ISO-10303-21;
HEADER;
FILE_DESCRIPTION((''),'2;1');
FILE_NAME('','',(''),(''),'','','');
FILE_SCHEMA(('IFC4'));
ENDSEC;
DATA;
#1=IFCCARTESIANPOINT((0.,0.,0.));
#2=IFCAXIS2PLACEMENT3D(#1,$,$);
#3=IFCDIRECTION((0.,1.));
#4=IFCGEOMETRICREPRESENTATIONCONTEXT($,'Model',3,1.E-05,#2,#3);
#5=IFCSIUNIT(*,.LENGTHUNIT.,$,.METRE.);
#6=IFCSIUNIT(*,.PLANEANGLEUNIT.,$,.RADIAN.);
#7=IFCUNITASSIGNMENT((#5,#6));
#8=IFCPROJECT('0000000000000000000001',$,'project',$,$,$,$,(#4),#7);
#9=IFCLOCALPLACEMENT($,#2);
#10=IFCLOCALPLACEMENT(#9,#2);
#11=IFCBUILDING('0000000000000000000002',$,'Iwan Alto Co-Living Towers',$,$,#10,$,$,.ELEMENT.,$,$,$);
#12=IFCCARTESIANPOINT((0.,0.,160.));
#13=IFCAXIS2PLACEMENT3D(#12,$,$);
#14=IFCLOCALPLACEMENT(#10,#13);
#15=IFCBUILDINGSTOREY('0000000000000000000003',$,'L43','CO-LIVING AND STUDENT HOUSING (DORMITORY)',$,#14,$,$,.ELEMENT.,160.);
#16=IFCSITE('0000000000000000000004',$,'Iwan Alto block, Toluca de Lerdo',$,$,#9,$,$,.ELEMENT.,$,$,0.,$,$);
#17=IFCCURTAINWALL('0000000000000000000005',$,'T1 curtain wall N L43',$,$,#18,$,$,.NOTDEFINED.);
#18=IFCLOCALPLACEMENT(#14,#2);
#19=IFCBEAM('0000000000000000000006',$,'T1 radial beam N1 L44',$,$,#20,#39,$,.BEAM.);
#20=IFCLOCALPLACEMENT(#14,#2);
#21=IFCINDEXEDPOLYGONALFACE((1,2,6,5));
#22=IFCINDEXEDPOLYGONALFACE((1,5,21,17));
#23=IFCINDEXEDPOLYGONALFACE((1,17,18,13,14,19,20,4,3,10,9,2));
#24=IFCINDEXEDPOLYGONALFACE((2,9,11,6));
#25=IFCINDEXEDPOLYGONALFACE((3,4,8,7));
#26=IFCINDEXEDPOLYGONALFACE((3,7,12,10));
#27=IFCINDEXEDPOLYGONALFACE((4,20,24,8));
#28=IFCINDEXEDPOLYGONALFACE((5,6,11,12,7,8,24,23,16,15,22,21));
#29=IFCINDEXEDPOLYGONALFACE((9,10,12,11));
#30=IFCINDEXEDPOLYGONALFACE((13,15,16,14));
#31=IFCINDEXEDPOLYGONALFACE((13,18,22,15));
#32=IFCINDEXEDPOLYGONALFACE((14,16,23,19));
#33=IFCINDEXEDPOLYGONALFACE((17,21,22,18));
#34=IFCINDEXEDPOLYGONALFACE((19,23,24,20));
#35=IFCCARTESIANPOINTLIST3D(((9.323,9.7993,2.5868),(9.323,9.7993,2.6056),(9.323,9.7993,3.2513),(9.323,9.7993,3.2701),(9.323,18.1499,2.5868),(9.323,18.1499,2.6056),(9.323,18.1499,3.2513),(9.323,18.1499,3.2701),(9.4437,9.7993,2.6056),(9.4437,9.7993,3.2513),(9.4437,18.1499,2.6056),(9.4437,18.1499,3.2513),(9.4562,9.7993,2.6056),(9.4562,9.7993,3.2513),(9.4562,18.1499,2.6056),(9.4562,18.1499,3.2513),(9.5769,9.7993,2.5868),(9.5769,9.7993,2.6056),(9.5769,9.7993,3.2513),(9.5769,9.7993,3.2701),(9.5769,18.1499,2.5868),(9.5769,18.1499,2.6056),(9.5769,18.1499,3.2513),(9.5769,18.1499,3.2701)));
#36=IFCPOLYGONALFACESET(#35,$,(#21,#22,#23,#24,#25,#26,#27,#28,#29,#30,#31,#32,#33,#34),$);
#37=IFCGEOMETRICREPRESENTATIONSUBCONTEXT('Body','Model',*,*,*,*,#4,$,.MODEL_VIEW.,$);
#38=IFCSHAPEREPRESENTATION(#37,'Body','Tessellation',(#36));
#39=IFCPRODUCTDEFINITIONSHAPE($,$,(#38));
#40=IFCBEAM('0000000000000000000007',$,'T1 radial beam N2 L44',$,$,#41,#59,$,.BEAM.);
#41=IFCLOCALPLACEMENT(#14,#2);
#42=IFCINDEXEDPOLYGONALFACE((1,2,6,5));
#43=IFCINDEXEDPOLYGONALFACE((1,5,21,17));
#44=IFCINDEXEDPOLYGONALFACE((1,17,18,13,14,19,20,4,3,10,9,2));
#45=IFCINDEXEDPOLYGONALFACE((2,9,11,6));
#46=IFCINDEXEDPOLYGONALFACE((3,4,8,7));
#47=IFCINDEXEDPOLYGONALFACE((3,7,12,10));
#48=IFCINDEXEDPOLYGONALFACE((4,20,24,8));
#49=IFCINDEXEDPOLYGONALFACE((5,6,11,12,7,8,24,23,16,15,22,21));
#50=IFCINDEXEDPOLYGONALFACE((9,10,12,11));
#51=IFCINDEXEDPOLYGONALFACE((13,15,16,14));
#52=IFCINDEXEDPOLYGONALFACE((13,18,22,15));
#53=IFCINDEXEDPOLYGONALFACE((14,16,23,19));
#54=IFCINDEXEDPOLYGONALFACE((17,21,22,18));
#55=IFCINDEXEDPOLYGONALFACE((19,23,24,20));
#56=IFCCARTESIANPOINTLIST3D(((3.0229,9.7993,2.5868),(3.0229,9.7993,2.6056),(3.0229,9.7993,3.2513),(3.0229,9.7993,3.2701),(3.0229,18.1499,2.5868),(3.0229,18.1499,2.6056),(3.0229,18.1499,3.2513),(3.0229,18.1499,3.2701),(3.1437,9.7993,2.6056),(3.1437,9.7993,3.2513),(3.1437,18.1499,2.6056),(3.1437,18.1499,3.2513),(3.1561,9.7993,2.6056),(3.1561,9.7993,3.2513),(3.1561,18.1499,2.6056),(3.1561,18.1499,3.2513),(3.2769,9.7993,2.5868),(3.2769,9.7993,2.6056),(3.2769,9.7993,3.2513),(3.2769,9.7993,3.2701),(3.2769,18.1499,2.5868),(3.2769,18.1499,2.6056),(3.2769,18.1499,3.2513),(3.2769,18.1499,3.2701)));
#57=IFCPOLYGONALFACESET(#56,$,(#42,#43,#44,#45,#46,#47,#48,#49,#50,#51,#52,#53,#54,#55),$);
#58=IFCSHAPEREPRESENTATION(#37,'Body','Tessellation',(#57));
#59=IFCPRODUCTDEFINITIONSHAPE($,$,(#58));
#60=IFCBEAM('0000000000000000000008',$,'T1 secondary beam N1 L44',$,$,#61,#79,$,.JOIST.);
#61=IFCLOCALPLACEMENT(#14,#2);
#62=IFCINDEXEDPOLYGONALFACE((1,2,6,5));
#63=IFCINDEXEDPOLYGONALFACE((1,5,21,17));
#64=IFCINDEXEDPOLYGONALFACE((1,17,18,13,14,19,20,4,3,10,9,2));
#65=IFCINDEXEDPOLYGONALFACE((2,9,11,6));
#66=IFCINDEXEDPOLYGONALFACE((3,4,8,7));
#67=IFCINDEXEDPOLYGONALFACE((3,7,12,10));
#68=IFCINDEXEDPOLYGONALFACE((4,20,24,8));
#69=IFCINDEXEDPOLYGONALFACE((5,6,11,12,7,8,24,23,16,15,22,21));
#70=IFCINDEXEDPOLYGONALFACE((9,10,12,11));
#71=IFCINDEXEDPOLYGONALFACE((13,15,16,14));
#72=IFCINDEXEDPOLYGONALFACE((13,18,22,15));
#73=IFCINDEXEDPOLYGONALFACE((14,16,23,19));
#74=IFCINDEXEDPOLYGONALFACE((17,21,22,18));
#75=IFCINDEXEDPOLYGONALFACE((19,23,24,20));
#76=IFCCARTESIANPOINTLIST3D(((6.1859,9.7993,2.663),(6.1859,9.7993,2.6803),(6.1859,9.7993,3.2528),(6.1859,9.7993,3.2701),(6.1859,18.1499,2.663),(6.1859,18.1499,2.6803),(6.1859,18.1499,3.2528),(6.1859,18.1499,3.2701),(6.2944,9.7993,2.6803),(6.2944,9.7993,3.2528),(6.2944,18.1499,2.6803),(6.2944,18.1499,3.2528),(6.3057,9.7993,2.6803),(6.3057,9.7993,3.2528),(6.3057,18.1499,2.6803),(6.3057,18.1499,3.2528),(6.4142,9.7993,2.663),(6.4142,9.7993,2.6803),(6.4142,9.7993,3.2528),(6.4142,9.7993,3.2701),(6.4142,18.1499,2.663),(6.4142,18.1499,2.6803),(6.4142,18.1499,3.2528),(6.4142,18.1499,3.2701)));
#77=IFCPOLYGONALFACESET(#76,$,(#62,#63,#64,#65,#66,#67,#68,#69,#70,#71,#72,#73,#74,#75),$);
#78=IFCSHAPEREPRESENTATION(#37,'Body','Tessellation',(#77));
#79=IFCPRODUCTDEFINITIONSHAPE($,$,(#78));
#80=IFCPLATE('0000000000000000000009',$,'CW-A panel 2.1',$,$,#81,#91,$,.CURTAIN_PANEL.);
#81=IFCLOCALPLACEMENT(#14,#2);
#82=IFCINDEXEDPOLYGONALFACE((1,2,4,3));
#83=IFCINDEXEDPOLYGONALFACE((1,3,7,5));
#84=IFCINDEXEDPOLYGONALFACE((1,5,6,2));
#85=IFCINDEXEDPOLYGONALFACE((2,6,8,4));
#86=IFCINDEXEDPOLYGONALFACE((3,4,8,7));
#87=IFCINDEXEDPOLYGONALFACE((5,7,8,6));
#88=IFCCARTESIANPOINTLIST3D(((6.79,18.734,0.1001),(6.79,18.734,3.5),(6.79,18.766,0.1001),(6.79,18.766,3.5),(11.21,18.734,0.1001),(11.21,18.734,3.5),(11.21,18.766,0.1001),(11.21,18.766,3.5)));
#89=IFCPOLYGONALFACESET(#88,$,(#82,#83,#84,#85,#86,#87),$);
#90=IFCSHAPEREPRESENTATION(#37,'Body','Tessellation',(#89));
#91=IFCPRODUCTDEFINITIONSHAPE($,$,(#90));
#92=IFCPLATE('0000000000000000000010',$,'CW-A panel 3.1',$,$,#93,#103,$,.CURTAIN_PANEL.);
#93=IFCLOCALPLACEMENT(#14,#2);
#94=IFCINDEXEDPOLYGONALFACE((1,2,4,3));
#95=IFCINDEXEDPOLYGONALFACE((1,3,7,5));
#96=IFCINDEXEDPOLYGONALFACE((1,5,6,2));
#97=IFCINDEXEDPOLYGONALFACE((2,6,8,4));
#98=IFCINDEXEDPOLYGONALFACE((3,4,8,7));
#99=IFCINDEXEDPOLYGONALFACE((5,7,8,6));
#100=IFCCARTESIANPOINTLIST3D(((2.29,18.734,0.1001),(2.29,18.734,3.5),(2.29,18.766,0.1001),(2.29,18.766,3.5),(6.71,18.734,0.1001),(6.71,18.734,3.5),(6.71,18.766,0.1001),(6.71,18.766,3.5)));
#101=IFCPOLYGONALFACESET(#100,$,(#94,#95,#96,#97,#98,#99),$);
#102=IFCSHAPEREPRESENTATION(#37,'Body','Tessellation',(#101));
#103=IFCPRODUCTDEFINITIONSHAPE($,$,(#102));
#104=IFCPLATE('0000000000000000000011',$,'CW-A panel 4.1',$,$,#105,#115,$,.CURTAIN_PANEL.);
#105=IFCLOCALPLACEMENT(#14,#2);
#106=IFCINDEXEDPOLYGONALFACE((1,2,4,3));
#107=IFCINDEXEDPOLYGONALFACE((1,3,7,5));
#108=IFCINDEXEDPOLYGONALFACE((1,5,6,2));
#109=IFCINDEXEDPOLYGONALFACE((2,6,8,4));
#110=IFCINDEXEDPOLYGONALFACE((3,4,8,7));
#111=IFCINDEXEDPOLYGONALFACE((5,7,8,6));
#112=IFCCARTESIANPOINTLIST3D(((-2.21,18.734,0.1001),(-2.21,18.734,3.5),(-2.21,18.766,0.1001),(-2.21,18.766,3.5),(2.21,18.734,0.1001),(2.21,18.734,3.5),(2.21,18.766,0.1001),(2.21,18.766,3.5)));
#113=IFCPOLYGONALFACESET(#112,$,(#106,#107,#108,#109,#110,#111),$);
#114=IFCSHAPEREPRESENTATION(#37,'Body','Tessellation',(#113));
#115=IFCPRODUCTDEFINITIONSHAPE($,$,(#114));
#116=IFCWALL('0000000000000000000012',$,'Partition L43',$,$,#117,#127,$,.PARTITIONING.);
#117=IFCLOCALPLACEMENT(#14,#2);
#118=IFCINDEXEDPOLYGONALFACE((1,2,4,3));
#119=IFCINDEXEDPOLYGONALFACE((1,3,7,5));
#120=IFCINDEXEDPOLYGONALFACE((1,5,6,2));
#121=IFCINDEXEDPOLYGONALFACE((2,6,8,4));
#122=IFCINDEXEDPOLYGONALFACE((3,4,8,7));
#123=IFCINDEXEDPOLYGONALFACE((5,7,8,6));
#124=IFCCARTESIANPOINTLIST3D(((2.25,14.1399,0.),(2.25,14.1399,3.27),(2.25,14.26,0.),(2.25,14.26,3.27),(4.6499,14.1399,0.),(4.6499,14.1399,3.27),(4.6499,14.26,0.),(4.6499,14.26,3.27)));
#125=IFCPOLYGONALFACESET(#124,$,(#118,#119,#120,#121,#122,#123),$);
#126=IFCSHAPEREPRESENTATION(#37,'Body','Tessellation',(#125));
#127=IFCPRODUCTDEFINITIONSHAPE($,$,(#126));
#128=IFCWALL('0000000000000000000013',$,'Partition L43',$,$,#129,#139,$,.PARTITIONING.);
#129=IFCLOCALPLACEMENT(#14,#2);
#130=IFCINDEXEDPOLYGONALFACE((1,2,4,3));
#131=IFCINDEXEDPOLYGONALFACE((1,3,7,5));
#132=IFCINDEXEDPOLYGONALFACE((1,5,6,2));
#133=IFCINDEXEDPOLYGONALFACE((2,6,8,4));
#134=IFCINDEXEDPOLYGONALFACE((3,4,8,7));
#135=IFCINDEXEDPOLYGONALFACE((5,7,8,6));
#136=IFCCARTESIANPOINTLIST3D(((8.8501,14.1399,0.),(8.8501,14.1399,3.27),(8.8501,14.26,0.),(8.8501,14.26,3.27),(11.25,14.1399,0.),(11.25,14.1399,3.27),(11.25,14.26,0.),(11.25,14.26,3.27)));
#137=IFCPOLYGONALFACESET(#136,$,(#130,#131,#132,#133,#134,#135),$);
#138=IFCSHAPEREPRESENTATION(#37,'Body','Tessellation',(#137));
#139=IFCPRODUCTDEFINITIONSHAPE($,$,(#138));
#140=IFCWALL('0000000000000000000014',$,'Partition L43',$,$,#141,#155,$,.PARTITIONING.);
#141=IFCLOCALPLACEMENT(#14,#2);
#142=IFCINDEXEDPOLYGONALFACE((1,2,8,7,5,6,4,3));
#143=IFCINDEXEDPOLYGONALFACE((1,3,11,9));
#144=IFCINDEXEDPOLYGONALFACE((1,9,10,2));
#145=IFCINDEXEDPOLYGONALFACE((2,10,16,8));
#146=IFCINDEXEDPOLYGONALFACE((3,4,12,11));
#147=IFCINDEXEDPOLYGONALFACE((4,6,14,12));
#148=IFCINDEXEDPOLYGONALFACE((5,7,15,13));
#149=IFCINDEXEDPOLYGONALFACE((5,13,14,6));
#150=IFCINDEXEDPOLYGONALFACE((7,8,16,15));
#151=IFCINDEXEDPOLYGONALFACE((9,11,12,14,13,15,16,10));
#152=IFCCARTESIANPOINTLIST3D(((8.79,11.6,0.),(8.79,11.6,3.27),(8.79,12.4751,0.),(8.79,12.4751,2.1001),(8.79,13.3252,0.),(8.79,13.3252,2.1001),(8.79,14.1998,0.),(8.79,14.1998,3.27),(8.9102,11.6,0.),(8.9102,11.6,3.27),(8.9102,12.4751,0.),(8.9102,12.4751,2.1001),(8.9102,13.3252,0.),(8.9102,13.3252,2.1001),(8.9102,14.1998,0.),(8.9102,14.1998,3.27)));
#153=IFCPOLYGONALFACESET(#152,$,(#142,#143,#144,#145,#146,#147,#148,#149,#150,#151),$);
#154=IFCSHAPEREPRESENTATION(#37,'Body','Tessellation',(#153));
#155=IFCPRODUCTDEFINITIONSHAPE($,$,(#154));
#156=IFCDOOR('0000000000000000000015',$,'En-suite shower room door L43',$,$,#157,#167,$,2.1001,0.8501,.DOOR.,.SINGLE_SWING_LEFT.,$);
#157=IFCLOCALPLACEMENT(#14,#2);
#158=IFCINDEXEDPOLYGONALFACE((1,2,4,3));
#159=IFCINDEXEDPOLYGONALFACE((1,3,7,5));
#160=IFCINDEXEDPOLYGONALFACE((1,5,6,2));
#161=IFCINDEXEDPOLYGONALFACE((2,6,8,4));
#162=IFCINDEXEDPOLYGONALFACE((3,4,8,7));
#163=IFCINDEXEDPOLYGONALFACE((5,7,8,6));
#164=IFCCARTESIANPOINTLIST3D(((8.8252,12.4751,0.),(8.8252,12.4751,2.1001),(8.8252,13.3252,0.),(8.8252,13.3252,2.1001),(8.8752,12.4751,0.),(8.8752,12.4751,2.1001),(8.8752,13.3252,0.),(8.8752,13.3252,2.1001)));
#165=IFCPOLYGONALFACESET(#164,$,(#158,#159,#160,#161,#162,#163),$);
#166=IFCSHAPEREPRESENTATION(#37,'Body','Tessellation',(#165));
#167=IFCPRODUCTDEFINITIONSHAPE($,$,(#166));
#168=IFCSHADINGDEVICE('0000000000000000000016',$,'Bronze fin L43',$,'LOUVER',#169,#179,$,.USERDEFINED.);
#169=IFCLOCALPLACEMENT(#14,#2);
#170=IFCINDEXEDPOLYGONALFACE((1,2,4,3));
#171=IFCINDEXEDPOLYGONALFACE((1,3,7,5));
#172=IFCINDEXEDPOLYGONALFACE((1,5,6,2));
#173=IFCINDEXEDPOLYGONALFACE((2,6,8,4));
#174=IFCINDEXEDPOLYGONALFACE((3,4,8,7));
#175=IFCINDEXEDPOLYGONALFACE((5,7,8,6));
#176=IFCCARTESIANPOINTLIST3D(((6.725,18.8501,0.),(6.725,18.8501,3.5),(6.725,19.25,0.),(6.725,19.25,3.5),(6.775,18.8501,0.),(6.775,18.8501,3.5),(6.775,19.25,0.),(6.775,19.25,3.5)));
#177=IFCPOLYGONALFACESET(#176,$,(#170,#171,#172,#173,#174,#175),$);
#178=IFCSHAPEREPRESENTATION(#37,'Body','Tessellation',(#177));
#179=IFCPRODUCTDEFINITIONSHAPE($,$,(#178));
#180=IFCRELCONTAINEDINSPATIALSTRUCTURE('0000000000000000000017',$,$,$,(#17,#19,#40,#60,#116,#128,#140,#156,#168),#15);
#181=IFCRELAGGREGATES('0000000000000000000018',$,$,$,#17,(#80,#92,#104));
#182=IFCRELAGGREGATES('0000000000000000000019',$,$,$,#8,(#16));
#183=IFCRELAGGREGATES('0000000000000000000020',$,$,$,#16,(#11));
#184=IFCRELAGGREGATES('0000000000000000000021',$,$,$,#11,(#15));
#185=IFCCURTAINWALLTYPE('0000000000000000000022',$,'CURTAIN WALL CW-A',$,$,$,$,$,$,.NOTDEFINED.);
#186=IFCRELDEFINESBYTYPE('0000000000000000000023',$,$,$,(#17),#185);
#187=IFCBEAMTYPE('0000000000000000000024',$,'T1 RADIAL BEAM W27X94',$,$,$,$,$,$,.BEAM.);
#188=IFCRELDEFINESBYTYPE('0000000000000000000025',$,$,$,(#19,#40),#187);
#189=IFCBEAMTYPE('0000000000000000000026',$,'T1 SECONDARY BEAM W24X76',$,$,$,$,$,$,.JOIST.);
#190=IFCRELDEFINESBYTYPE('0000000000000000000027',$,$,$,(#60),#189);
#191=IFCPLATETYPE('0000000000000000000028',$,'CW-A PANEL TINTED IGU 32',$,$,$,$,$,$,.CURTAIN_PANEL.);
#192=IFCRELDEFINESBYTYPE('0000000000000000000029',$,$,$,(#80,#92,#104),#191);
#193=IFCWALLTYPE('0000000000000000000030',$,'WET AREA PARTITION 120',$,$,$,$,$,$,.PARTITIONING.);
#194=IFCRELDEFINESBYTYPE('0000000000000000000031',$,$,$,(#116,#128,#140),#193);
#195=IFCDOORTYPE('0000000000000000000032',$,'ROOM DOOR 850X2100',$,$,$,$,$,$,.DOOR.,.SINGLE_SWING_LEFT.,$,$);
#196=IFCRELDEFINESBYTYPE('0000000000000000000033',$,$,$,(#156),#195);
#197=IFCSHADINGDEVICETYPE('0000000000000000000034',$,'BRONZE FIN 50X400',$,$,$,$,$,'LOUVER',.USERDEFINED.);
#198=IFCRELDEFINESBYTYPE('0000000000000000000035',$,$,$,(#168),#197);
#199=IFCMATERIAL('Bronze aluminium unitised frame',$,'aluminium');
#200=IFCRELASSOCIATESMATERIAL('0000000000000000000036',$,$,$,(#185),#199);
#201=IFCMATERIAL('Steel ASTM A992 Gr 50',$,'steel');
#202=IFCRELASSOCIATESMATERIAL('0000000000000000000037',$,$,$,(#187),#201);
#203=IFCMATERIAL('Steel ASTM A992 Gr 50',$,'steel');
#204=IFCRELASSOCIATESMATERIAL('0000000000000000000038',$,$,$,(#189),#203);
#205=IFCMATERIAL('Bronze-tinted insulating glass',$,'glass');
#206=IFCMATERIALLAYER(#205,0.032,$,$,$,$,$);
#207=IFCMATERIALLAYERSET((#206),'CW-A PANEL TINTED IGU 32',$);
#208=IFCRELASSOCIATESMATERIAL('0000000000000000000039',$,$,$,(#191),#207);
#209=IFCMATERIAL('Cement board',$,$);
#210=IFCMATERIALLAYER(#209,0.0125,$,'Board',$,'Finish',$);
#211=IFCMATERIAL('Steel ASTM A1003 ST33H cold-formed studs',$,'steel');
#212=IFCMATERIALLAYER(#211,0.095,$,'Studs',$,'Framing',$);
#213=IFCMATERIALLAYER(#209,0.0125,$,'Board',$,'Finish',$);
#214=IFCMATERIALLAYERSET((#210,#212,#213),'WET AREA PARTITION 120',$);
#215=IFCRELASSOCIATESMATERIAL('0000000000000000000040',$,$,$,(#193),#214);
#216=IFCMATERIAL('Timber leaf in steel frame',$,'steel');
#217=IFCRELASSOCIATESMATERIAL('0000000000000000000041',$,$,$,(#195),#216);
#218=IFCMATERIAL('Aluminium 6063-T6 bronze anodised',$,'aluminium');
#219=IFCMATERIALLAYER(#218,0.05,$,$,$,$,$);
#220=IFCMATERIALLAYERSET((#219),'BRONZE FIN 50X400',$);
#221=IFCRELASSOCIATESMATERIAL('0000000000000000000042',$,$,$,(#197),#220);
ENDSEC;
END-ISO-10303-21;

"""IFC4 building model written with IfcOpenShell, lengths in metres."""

from ifc_helpers import new_model, si_unit, direction, frame, frame_2d, origin, origin_2d, place, context, subcontext, project, spatial, rectangle, i_section, extrude, material, layer, layer_set, material_profile, profile_set, type_object, element, fill, aggregate, save


model = new_model("IFC4")

# Units and contexts
model_context = context("Model", 3, precision=1e-05, world=origin(), true_north=direction((0.0, 1.0)))
body_context = subcontext(model_context, "Body", "Model", "MODEL_VIEW")
ifc_project = project(units=[si_unit("LENGTHUNIT", "METRE"), si_unit("PLANEANGLEUNIT", "RADIAN")], contexts=[model_context])

# Site, building, storey
site_placement = place(None, origin())
site = spatial("IfcSite", under=ifc_project, at=site_placement, Name="Iwan Alto block, Toluca de Lerdo", CompositionType="ELEMENT", RefElevation=0.0)
building_placement = place(site_placement, origin())
building = spatial("IfcBuilding", under=site, at=building_placement, Name="Iwan Alto Co-Living Towers", CompositionType="ELEMENT")
storey_placement = place(building_placement, frame((0.0, 0.0, 160.0)))
storey = spatial("IfcBuildingStorey", under=building, at=storey_placement, Name="L43", Description="CO-LIVING AND STUDENT HOUSING (DORMITORY)", CompositionType="ELEMENT", Elevation=160.0)

# Curtain wall
ifc_material_1 = material(Name="Bronze aluminium unitised frame", Category="aluminium")
curtain_wall_type = type_object("IfcCurtainWallType", Name="CURTAIN WALL CW-A", PredefinedType="NOTDEFINED", material=ifc_material_1)
curtain_wall_placement = place(storey_placement, origin())
curtain_wall = element("IfcCurtainWall", 1, at=curtain_wall_placement, inside=storey, type_object=curtain_wall_type, Name="T1 curtain wall N L43", PredefinedType="NOTDEFINED")

# Beams
ifc_material_2 = material(Name="Steel ASTM A992 Gr 50", Category="steel")
ifc_material_profile_1 = material_profile(ifc_material_2, i_section(OverallWidth=0.2539, OverallDepth=0.6833, WebThickness=0.0125, FlangeThickness=0.0188, at=origin_2d()), Name="W27X94")
ifc_profile_set_1 = profile_set([ifc_material_profile_1], Name="Steel ASTM A992 Gr 50")
beam_type_1 = type_object("IfcBeamType", Name="T1 RADIAL BEAM W27X94", PredefinedType="BEAM", material=ifc_profile_set_1)
for number, where, z_axis, x_axis, name in (
    (2, (9.45, 18.1499, 2.9285), (0.0, -1.0, 0.0), (1.0, 0.0, 0.0), "T1 radial beam N1 L44"),
    (3, (3.1499, 18.1499, 2.9285), (0.0, -1.0, 0.0), (1.0, 0.0, 0.0), "T1 radial beam N2 L44"),
):
    element("IfcBeam", number, at=place(storey_placement, frame(where, z_axis=z_axis, x_axis=x_axis)), inside=storey, type_object=beam_type_1, Name=name, PredefinedType="BEAM", context=body_context, shape_type="SweptSolid", body=[
        extrude(i_section(OverallWidth=0.2539, OverallDepth=0.6833, WebThickness=0.0125, FlangeThickness=0.0188, at=origin_2d()), origin(), (0.0, 0.0, 1.0), 8.3506),
    ])
ifc_material_3 = material(Name="Steel ASTM A992 Gr 50", Category="steel")
ifc_material_profile_2 = material_profile(ifc_material_3, i_section(OverallWidth=0.2283, OverallDepth=0.6072, WebThickness=0.0112, FlangeThickness=0.0173, at=origin_2d()), Name="W24X76")
ifc_profile_set_2 = profile_set([ifc_material_profile_2], Name="Steel ASTM A992 Gr 50")
beam_type_2 = type_object("IfcBeamType", Name="T1 SECONDARY BEAM W24X76", PredefinedType="JOIST", material=ifc_profile_set_2)
beam_1_placement = place(storey_placement, frame((6.3, 18.1499, 2.9666), z_axis=(0.0, -1.0, 0.0), x_axis=(1.0, 0.0, 0.0)))
element("IfcBeam", 4, at=beam_1_placement, inside=storey, type_object=beam_type_2, Name="T1 secondary beam N1 L44", PredefinedType="JOIST", context=body_context, shape_type="SweptSolid", body=[
    extrude(i_section(OverallWidth=0.2283, OverallDepth=0.6072, WebThickness=0.0112, FlangeThickness=0.0173, at=origin_2d()), origin(), (0.0, 0.0, 1.0), 8.3506),
])

# Plates
ifc_material_4 = material(Name="Bronze-tinted insulating glass", Category="glass")
ifc_layer_1 = layer(ifc_material_4, 0.032)
ifc_layer_set_1 = layer_set([ifc_layer_1], Name="CW-A PANEL TINTED IGU 32")
plate_type = type_object("IfcPlateType", Name="CW-A PANEL TINTED IGU 32", PredefinedType="CURTAIN_PANEL", material=ifc_layer_set_1)
plate_1_placement = place(storey_placement, frame((9.0, 18.75, 0.1001), z_axis=(0.0, 0.0, 1.0), x_axis=(-1.0, 0.0, 0.0)))
plate_1 = element("IfcPlate", 5, at=plate_1_placement, type_object=plate_type, Name="CW-A panel 2.1", PredefinedType="CURTAIN_PANEL", context=body_context, shape_type="SweptSolid", body=[
    extrude(rectangle(XDim=4.4199, YDim=0.032, at=origin_2d()), origin(), (0.0, 0.0, 1.0), 3.3999),
])
plate_2_placement = place(storey_placement, frame((4.5, 18.75, 0.1001), z_axis=(0.0, 0.0, 1.0), x_axis=(-1.0, 0.0, 0.0)))
plate_2 = element("IfcPlate", 6, at=plate_2_placement, type_object=plate_type, Name="CW-A panel 3.1", PredefinedType="CURTAIN_PANEL", context=body_context, shape_type="SweptSolid", body=[
    extrude(rectangle(XDim=4.4199, YDim=0.032, at=origin_2d()), origin(), (0.0, 0.0, 1.0), 3.3999),
])
plate_3_placement = place(storey_placement, frame((0.0, 18.75, 0.1001), z_axis=(0.0, 0.0, 1.0), x_axis=(-1.0, 0.0, 0.0)))
plate_3 = element("IfcPlate", 7, at=plate_3_placement, type_object=plate_type, Name="CW-A panel 4.1", PredefinedType="CURTAIN_PANEL", context=body_context, shape_type="SweptSolid", body=[
    extrude(rectangle(XDim=4.4199, YDim=0.032, at=origin_2d()), origin(), (0.0, 0.0, 1.0), 3.3999),
])
aggregate(curtain_wall, [plate_1, plate_2, plate_3])

# Walls
ifc_material_5 = material(Name="Cement board")
ifc_layer_2 = layer(ifc_material_5, 0.0125, Name="Board", Category="Finish")
ifc_material_6 = material(Name="Steel ASTM A1003 ST33H cold-formed studs", Category="steel")
ifc_layer_3 = layer(ifc_material_6, 0.095, Name="Studs", Category="Framing")
ifc_layer_4 = layer(ifc_material_5, 0.0125, Name="Board", Category="Finish")
ifc_layer_set_2 = layer_set([ifc_layer_2, ifc_layer_3, ifc_layer_4], Name="WET AREA PARTITION 120")
wall_type = type_object("IfcWallType", Name="WET AREA PARTITION 120", PredefinedType="PARTITIONING", material=ifc_layer_set_2)
for number, where, z_axis, x_axis, name in (
    (8, (2.25, 14.2, 0.0), (0.0, 0.0, 1.0), (1.0, 0.0, 0.0), "Partition L43"),
    (9, (8.8501, 14.2, 0.0), (0.0, 0.0, 1.0), (1.0, 0.0, 0.0), "Partition L43"),
):
    element("IfcWall", number, at=place(storey_placement, frame(where, z_axis=z_axis, x_axis=x_axis)), inside=storey, type_object=wall_type, Name=name, PredefinedType="PARTITIONING", context=body_context, shape_type="SweptSolid", body=[
        extrude(rectangle(XDim=2.3999, YDim=0.1201, at=frame_2d((1.2, 0.0))), origin(), (0.0, 0.0, 1.0), 3.27),
    ])

# Wall, opening, door
wall_placement = place(storey_placement, frame((8.8501, 11.6001, 0.0), z_axis=(0.0, 0.0, 1.0), x_axis=(0.0, 1.0, 0.0)))
wall = element("IfcWall", 10, at=wall_placement, inside=storey, type_object=wall_type, Name="Partition L43", PredefinedType="PARTITIONING", context=body_context, shape_type="SweptSolid", body=[
    extrude(rectangle(XDim=2.5999, YDim=0.1201, at=frame_2d((1.2998, 0.0))), origin(), (0.0, 0.0, 1.0), 3.27),
])
opening_placement = place(wall_placement, frame((0.875, 0.0, 0.0)))
opening = element("IfcOpeningElement", 11, at=opening_placement, cuts=wall, PredefinedType="OPENING", context=body_context, shape_type="SweptSolid", body=[
    extrude(rectangle(XDim=0.8501, YDim=2.1001, at=frame_2d((0.425, 1.05))), frame((0.0, 0.0701, 0.0), z_axis=(0.0, -1.0, 0.0), x_axis=(1.0, 0.0, 0.0)), (0.0, 0.0, 1.0), 0.1401),
])
ifc_material_7 = material(Name="Timber leaf in steel frame", Category="steel")
door_type = type_object("IfcDoorType", Name="ROOM DOOR 850X2100", OperationType="SINGLE_SWING_LEFT", PredefinedType="DOOR", material=ifc_material_7)
door_placement = place(opening_placement, origin())
door = element("IfcDoor", 12, at=door_placement, inside=storey, type_object=door_type, Name="En-suite shower room door L43", OperationType="SINGLE_SWING_LEFT", OverallHeight=2.1001, OverallWidth=0.8501, PredefinedType="DOOR", context=body_context, shape_type="SweptSolid", body=[
    extrude(rectangle(XDim=0.8501, YDim=2.1001, at=frame_2d((0.425, 1.05))), frame((0.0, 0.0249, 0.0), z_axis=(0.0, -1.0, 0.0), x_axis=(1.0, 0.0, 0.0)), (0.0, 0.0, 1.0), 0.05),
])
fill(opening, door)

# Shading device
ifc_material_8 = material(Name="Aluminium 6063-T6 bronze anodised", Category="aluminium")
ifc_layer_5 = layer(ifc_material_8, 0.05)
ifc_layer_set_3 = layer_set([ifc_layer_5], Name="BRONZE FIN 50X400")
shading_device_type = type_object("IfcShadingDeviceType", Name="BRONZE FIN 50X400", ElementType="LOUVER", PredefinedType="USERDEFINED", material=ifc_layer_set_3)
shading_device_placement = place(storey_placement, frame((6.75, 19.05, 0.0), z_axis=(0.0, 0.0, 1.0), x_axis=(-1.0, 0.0, 0.0)))
element("IfcShadingDevice", 13, at=shading_device_placement, inside=storey, type_object=shading_device_type, Name="Bronze fin L43", ObjectType="LOUVER", PredefinedType="USERDEFINED", context=body_context, shape_type="SweptSolid", body=[
    extrude(rectangle(XDim=0.05, YDim=0.3999, at=origin_2d()), origin(), (0.0, 0.0, 1.0), 3.5),
])

save(model, "model.ifc")
